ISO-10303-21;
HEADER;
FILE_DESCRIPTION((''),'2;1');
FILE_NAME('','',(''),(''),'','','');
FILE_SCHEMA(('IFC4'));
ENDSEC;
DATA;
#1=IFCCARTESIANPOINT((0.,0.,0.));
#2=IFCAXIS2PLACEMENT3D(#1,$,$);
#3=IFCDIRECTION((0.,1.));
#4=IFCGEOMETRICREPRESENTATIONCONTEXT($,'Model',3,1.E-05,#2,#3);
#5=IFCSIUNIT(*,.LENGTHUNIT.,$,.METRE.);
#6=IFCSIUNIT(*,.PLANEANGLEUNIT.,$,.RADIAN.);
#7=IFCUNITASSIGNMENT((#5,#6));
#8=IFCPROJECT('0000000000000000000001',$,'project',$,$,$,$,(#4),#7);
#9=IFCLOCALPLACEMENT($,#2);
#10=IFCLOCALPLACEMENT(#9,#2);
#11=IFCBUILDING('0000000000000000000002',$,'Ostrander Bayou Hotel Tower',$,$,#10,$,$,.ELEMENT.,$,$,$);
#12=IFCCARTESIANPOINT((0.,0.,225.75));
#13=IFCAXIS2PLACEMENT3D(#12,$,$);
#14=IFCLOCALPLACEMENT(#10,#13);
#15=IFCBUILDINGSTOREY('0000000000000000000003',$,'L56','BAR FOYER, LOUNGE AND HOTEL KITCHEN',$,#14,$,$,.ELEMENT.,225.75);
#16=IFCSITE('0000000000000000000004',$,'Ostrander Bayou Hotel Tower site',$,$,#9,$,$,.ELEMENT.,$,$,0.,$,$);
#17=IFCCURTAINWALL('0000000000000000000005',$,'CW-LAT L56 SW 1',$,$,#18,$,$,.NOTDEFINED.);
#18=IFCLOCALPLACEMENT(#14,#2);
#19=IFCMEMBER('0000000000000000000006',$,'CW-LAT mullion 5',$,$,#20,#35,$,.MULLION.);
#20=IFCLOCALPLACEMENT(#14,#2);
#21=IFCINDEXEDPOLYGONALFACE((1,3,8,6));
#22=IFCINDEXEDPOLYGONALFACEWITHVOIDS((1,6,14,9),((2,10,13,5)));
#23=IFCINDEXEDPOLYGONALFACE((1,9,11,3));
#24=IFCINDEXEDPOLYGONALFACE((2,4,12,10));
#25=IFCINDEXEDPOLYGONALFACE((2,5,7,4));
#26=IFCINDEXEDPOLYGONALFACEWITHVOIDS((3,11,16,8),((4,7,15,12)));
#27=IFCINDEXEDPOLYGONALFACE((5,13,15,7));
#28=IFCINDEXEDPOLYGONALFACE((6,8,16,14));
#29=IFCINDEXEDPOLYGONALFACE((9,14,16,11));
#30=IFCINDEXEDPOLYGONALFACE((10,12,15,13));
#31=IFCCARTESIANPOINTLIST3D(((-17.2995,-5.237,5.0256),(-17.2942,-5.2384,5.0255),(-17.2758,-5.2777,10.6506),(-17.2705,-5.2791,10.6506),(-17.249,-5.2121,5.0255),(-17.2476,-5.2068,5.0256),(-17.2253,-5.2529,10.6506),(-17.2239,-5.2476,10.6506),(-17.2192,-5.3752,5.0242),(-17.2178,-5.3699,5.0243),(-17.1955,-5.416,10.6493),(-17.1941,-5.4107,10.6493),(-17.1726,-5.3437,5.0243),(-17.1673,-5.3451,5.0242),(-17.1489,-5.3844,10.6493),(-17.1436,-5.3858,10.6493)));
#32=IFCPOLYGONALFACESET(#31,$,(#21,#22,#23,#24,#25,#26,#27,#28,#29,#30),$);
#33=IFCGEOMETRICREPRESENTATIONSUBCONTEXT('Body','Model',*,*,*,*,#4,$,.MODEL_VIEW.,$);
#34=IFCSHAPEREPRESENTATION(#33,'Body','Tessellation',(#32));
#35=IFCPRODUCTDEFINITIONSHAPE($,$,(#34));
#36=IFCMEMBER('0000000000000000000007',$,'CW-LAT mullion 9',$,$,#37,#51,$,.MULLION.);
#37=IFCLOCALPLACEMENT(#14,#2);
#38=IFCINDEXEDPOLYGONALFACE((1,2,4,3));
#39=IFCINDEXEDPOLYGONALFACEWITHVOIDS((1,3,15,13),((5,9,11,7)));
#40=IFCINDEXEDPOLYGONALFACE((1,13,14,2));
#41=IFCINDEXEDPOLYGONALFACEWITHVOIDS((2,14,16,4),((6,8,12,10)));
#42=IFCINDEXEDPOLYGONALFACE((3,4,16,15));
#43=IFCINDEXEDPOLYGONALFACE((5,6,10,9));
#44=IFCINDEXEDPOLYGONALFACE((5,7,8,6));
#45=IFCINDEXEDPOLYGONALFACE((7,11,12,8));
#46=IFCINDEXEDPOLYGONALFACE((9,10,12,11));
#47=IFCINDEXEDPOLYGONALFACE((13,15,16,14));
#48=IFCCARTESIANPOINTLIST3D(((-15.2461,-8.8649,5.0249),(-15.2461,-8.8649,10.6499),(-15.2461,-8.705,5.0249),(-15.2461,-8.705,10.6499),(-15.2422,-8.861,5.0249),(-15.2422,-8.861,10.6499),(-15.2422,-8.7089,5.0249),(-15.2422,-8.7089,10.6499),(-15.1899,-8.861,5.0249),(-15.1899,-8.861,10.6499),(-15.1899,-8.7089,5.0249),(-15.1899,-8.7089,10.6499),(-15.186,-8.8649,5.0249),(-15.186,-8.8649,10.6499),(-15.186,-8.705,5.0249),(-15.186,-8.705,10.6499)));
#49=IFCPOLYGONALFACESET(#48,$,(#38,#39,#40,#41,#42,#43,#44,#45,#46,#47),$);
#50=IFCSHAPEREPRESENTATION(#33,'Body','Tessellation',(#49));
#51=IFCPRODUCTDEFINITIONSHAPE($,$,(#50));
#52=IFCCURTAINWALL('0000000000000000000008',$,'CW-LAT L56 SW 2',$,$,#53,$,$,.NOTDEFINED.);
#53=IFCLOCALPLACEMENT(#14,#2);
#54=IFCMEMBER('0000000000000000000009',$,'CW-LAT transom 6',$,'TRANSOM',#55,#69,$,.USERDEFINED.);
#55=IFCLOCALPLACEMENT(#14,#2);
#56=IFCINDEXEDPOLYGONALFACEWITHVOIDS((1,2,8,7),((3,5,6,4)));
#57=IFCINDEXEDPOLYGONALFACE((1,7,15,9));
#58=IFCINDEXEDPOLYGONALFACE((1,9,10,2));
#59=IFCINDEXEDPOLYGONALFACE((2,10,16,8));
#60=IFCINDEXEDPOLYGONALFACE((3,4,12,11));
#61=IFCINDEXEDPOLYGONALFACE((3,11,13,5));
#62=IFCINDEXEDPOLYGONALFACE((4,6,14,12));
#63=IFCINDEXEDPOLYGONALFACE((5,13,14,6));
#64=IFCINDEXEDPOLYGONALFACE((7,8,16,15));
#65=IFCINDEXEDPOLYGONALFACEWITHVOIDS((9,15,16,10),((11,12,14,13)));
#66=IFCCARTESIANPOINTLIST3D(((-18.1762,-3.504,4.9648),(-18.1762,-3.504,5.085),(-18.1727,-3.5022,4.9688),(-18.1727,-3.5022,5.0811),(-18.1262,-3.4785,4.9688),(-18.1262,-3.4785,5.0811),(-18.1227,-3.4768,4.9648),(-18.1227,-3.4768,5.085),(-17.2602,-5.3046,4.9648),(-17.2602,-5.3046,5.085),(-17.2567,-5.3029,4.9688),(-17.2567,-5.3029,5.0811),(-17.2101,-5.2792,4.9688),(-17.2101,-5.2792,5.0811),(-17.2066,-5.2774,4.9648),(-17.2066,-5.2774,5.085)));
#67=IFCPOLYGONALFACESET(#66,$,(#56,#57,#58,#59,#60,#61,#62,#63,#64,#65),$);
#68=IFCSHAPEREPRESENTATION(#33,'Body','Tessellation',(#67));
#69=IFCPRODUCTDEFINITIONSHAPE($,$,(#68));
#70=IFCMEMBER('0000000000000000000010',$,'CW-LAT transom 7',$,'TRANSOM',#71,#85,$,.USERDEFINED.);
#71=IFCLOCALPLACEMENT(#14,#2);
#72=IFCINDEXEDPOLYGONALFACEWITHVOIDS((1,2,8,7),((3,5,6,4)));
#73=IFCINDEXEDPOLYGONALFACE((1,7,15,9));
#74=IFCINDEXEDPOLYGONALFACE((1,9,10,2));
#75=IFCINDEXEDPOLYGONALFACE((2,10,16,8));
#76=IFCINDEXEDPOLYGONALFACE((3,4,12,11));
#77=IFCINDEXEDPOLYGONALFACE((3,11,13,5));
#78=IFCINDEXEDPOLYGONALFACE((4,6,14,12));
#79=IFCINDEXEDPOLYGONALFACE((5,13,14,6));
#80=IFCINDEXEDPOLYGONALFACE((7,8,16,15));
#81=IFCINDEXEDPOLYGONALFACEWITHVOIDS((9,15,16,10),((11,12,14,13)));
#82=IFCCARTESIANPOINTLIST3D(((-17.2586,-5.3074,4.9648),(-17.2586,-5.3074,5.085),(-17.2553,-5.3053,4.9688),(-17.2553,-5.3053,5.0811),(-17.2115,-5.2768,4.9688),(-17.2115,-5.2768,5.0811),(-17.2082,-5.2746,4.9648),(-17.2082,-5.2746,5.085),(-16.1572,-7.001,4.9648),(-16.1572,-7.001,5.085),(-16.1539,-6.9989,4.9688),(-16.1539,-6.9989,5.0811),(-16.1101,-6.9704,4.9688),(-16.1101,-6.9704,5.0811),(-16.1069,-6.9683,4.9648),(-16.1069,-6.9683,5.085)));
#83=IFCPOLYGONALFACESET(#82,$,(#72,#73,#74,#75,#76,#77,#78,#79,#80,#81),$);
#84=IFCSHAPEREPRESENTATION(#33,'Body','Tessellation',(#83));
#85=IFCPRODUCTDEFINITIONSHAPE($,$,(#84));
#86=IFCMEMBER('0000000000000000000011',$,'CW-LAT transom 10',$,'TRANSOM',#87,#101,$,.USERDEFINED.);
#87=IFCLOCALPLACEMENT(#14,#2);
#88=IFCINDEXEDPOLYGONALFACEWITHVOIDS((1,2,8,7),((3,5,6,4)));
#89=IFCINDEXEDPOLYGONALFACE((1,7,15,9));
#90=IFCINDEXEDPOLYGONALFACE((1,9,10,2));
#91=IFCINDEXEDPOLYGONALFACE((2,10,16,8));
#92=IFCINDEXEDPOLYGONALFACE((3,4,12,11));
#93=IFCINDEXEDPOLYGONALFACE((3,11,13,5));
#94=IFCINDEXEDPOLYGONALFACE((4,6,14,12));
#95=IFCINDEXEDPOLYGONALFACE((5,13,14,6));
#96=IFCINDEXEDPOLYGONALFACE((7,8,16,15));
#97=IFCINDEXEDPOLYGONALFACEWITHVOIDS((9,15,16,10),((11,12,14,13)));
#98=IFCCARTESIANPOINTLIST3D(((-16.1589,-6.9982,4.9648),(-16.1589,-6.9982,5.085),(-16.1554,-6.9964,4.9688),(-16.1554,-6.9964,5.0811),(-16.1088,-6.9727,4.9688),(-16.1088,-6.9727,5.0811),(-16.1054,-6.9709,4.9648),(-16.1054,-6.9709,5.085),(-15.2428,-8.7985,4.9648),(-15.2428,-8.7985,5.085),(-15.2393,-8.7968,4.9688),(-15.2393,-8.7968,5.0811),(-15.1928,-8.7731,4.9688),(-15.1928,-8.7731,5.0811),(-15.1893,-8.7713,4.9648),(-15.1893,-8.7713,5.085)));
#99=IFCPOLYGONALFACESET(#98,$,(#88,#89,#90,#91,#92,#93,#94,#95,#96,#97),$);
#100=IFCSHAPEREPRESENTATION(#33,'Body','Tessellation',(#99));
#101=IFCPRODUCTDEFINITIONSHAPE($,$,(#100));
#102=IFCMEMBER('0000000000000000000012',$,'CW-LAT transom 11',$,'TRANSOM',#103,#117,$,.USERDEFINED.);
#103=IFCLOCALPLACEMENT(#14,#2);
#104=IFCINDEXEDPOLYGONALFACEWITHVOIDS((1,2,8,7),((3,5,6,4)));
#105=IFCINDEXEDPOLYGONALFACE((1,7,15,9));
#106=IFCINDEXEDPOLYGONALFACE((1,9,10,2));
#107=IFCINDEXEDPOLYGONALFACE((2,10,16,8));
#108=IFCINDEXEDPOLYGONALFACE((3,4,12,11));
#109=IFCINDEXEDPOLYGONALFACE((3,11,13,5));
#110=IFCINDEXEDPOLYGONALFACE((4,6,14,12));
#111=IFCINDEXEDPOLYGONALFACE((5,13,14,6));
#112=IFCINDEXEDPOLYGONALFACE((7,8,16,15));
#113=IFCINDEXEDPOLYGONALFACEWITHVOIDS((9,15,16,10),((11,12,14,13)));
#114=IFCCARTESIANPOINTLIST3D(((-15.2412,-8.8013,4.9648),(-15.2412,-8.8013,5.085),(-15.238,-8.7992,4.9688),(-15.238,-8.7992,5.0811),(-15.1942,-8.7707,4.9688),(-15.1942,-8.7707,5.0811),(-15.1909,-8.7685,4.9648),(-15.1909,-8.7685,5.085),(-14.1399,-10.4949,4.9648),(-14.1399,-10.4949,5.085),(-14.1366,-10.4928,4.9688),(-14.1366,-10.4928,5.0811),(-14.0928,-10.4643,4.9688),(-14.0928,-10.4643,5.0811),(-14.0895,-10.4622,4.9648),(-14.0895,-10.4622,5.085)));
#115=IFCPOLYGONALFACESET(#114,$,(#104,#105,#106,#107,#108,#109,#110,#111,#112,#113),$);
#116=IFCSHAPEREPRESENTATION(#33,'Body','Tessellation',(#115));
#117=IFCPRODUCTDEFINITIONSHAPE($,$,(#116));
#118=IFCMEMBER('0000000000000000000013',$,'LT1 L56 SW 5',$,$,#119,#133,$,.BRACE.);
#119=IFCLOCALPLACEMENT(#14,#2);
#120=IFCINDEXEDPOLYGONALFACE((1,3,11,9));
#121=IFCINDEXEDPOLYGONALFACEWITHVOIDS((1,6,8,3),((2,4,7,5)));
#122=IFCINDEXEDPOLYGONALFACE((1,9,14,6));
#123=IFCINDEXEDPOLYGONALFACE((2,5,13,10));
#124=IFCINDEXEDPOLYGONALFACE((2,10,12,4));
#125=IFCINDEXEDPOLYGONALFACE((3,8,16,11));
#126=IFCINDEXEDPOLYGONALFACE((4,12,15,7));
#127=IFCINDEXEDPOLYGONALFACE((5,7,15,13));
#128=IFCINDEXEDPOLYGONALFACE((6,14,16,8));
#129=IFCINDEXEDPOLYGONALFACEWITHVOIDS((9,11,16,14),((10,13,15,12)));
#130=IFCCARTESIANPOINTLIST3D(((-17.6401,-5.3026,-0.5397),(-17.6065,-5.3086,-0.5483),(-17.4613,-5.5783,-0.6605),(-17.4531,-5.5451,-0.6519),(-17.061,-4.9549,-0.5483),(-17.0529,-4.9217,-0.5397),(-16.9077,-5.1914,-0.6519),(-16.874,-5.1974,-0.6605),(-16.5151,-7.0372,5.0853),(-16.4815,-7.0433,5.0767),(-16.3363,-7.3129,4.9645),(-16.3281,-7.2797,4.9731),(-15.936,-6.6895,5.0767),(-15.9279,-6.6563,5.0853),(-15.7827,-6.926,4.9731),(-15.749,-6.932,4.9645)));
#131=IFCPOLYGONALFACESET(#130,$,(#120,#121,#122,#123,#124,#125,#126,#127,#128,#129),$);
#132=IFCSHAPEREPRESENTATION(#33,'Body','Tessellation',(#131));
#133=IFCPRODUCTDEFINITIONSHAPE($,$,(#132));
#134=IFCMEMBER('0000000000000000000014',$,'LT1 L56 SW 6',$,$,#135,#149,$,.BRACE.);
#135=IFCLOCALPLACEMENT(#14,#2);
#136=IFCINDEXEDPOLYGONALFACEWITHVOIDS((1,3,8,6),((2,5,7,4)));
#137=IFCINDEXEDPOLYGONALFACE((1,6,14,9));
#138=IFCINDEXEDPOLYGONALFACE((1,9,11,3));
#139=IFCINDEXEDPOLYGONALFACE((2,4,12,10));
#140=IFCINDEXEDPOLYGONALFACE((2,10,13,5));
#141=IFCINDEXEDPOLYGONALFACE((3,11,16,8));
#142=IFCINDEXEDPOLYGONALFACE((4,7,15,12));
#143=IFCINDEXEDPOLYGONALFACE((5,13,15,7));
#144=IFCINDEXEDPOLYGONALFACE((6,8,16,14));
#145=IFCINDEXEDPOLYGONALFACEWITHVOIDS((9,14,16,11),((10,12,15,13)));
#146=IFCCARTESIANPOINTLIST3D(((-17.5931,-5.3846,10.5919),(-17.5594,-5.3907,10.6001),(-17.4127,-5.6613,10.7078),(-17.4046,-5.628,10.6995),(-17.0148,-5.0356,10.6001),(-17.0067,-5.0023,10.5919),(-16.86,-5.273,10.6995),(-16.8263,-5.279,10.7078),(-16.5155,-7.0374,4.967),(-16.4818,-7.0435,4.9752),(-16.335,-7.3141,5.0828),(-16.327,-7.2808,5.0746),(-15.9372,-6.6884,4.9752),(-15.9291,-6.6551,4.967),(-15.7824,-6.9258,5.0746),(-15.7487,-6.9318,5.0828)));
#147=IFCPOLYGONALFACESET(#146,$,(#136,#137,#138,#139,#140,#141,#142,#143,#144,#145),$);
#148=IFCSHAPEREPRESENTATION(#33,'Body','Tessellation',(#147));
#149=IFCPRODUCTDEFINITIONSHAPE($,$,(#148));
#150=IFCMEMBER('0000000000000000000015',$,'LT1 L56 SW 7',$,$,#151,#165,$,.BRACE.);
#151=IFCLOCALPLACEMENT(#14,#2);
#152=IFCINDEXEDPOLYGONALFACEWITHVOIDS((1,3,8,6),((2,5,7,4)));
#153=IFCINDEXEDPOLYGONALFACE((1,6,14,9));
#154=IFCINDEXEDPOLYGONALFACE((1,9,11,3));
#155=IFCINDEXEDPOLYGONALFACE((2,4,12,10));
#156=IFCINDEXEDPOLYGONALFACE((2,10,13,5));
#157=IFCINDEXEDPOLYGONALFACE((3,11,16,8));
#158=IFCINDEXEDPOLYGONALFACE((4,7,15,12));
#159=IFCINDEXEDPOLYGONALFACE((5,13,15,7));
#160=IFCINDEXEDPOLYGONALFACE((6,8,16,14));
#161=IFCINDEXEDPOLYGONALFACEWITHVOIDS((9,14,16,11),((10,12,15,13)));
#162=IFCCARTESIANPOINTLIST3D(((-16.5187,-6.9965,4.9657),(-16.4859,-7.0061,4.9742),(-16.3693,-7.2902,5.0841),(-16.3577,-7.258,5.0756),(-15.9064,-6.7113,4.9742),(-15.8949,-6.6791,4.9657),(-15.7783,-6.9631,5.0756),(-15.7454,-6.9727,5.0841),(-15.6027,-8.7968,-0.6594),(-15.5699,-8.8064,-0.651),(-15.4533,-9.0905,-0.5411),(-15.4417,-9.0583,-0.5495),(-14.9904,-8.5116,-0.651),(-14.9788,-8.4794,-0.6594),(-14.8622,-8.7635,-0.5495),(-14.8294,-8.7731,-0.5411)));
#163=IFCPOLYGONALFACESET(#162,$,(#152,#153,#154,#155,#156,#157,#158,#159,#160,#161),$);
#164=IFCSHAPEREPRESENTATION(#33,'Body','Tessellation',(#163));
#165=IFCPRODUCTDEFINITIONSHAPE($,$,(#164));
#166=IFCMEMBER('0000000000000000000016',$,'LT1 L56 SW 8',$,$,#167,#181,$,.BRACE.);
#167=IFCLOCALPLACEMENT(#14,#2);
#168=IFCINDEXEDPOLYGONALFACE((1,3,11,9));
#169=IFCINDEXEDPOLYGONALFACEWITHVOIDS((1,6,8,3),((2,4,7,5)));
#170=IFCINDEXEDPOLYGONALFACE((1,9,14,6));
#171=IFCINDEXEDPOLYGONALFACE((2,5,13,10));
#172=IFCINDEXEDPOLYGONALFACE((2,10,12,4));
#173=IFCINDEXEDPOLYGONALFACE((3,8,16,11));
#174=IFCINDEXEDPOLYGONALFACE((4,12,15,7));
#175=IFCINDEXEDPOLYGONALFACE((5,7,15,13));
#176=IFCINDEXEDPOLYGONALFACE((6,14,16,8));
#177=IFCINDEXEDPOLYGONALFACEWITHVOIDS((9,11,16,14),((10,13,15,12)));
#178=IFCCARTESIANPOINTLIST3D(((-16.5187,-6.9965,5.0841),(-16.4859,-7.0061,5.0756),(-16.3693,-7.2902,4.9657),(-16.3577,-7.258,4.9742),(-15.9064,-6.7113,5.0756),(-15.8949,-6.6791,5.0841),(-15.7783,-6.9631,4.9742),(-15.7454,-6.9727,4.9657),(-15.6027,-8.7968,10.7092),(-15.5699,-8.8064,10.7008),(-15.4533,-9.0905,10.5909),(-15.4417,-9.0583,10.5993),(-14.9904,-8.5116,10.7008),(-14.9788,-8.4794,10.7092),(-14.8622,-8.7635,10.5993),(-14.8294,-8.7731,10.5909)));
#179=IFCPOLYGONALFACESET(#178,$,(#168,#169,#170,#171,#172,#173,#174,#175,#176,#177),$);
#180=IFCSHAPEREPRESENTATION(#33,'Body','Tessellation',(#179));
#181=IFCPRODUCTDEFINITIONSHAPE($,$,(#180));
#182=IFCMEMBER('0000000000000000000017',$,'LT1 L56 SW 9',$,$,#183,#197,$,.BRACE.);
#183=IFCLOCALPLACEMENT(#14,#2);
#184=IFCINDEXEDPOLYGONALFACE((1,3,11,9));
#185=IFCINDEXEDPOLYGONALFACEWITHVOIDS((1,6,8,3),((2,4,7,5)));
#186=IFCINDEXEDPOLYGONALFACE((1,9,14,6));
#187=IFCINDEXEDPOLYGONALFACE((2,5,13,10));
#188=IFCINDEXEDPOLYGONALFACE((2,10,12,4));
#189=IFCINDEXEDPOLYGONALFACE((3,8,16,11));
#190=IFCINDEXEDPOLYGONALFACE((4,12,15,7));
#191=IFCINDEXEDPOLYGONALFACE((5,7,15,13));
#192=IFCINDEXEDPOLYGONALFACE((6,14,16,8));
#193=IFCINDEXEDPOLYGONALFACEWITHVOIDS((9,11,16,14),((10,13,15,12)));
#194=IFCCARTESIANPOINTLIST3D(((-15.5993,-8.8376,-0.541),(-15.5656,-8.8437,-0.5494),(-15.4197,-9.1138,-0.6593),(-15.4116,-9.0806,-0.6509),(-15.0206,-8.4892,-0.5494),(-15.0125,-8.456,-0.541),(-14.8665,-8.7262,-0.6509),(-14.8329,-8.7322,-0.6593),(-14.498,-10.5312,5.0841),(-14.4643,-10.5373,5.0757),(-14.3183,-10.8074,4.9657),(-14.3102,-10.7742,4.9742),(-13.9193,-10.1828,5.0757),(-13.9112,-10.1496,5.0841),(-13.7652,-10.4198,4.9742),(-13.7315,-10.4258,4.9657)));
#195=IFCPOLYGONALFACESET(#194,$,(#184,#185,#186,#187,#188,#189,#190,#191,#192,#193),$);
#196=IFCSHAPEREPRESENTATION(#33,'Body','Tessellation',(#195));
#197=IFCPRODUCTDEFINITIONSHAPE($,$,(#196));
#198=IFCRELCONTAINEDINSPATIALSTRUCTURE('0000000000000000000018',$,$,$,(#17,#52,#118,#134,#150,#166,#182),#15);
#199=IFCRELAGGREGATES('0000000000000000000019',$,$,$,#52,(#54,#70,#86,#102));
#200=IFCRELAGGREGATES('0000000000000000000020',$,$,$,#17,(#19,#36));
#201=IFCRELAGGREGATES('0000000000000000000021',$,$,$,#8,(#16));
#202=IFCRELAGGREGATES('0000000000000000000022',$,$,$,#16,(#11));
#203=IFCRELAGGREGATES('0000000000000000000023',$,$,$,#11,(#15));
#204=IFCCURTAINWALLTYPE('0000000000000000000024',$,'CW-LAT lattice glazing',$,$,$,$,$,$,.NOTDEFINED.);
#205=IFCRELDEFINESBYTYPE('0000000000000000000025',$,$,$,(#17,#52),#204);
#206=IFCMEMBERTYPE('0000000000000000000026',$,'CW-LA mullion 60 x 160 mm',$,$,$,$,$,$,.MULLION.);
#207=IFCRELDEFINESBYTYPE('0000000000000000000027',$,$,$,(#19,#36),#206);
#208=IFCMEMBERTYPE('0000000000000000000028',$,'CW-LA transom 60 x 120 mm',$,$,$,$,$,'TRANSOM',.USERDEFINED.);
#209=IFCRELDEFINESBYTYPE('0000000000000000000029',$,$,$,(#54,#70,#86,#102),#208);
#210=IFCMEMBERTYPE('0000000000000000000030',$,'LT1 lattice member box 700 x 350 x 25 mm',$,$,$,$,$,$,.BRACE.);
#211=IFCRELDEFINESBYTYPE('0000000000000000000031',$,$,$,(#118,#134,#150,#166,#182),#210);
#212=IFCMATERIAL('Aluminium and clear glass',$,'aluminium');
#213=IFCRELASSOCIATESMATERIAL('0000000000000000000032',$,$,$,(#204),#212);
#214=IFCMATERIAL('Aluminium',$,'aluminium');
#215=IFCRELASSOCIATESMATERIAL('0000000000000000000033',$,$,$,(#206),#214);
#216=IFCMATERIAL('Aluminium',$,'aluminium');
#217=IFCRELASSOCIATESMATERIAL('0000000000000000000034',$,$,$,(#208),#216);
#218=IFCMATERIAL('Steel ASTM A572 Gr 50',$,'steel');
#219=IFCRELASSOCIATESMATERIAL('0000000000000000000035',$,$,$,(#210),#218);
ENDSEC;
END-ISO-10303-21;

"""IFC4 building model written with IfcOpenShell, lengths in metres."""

from ifc_helpers import new_model, si_unit, direction, frame, origin, origin_2d, place, context, subcontext, project, spatial, hollow_rectangle, extrude, material, material_profile, profile_set, type_object, element, aggregate, save


model = new_model("IFC4")

# Units and contexts
model_context = context("Model", 3, precision=1e-05, world=origin(), true_north=direction((0.0, 1.0)))
body_context = subcontext(model_context, "Body", "Model", "MODEL_VIEW")
ifc_project = project(units=[si_unit("LENGTHUNIT", "METRE"), si_unit("PLANEANGLEUNIT", "RADIAN")], contexts=[model_context])

# Site, building, storey
site_placement = place(None, origin())
site = spatial("IfcSite", under=ifc_project, at=site_placement, Name="Ostrander Bayou Hotel Tower site", CompositionType="ELEMENT", RefElevation=0.0)
building_placement = place(site_placement, origin())
building = spatial("IfcBuilding", under=site, at=building_placement, Name="Ostrander Bayou Hotel Tower", CompositionType="ELEMENT")
storey_placement = place(building_placement, frame((0.0, 0.0, 225.75)))
storey = spatial("IfcBuildingStorey", under=building, at=storey_placement, Name="L56", Description="BAR FOYER, LOUNGE AND HOTEL KITCHEN", CompositionType="ELEMENT", Elevation=225.75)

# Curtain walls, members
ifc_material_1 = material(Name="Aluminium and clear glass", Category="aluminium")
curtain_wall_type = type_object("IfcCurtainWallType", Name="CW-LAT lattice glazing", PredefinedType="NOTDEFINED", material=ifc_material_1)
curtain_wall_1_placement = place(storey_placement, origin())
curtain_wall_1 = element("IfcCurtainWall", 1, at=curtain_wall_1_placement, inside=storey, type_object=curtain_wall_type, Name="CW-LAT L56 SW 1", PredefinedType="NOTDEFINED")
ifc_material_2 = material(Name="Aluminium", Category="aluminium")
ifc_material_profile_1 = material_profile(ifc_material_2, hollow_rectangle(XDim=0.0601, YDim=0.1599, WallThickness=0.0039, at=origin_2d()))
ifc_profile_set_1 = profile_set([ifc_material_profile_1], Name="Aluminium")
member_type_1 = type_object("IfcMemberType", Name="CW-LA mullion 60 x 160 mm", PredefinedType="MULLION", material=ifc_profile_set_1)
member_1_placement = place(storey_placement, frame((-17.2334, -5.291, 5.0249), z_axis=(0.00421, -0.007248, 0.999965), x_axis=(0.864716, 0.50226, 0.0)))
member_1 = element("IfcMember", 2, at=member_1_placement, type_object=member_type_1, Name="CW-LAT mullion 5", PredefinedType="MULLION", context=body_context, shape_type="SweptSolid", body=[
    extrude(hollow_rectangle(XDim=0.0601, YDim=0.1599, WallThickness=0.0039, at=origin_2d()), origin(), (0.0, 0.0, 1.0), 5.6252),
])
member_2_placement = place(storey_placement, frame((-15.2161, -8.7849, 5.0249), z_axis=(0.0, 0.0, 1.0), x_axis=(1.0, 0.0, 0.0)))
member_2 = element("IfcMember", 3, at=member_2_placement, type_object=member_type_1, Name="CW-LAT mullion 9", PredefinedType="MULLION", context=body_context, shape_type="SweptSolid", body=[
    extrude(hollow_rectangle(XDim=0.0601, YDim=0.1599, WallThickness=0.0039, at=origin_2d()), origin(), (0.0, 0.0, 1.0), 5.625),
])
curtain_wall_2_placement = place(storey_placement, origin())
curtain_wall_2 = element("IfcCurtainWall", 4, at=curtain_wall_2_placement, inside=storey, type_object=curtain_wall_type, Name="CW-LAT L56 SW 2", PredefinedType="NOTDEFINED")
ifc_material_3 = material(Name="Aluminium", Category="aluminium")
ifc_material_profile_2 = material_profile(ifc_material_3, hollow_rectangle(XDim=0.0601, YDim=0.1201, WallThickness=0.0039, at=origin_2d()))
ifc_profile_set_2 = profile_set([ifc_material_profile_2], Name="Aluminium")
member_type_2 = type_object("IfcMemberType", Name="CW-LA transom 60 x 120 mm", ElementType="TRANSOM", PredefinedType="USERDEFINED", material=ifc_profile_set_2)
member_3_placement = place(storey_placement, frame((-17.2334, -5.291, 5.0249), z_axis=(-0.453439, 0.891287, 0.0), x_axis=(-0.891287, -0.453439, 0.0)))
member_3 = element("IfcMember", 5, at=member_3_placement, type_object=member_type_2, Name="CW-LAT transom 6", ObjectType="TRANSOM", PredefinedType="USERDEFINED", context=body_context, shape_type="SweptSolid", body=[
    extrude(hollow_rectangle(XDim=0.0601, YDim=0.1201, WallThickness=0.0039, at=origin_2d()), origin(), (0.0, 0.0, 1.0), 2.0203),
])
member_4_placement = place(storey_placement, frame((-17.2334, -5.291, 5.0249), z_axis=(0.545154, -0.838336, 0.0), x_axis=(0.838336, 0.545154, 0.0)))
member_4 = element("IfcMember", 6, at=member_4_placement, type_object=member_type_2, Name="CW-LAT transom 7", ObjectType="TRANSOM", PredefinedType="USERDEFINED", context=body_context, shape_type="SweptSolid", body=[
    extrude(hollow_rectangle(XDim=0.0601, YDim=0.1201, WallThickness=0.0039, at=origin_2d()), origin(), (0.0, 0.0, 1.0), 2.0203),
])
member_5_placement = place(storey_placement, frame((-15.2161, -8.7849, 5.0249), z_axis=(-0.453488, 0.891263, 0.0), x_axis=(-0.891263, -0.453488, 0.0)))
member_5 = element("IfcMember", 7, at=member_5_placement, type_object=member_type_2, Name="CW-LAT transom 10", ObjectType="TRANSOM", PredefinedType="USERDEFINED", context=body_context, shape_type="SweptSolid", body=[
    extrude(hollow_rectangle(XDim=0.0601, YDim=0.1201, WallThickness=0.0039, at=origin_2d()), origin(), (0.0, 0.0, 1.0), 2.02),
])
member_6_placement = place(storey_placement, frame((-15.2161, -8.7849, 5.0249), z_axis=(0.545154, -0.838336, 0.0), x_axis=(0.838336, 0.545154, 0.0)))
member_6 = element("IfcMember", 8, at=member_6_placement, type_object=member_type_2, Name="CW-LAT transom 11", ObjectType="TRANSOM", PredefinedType="USERDEFINED", context=body_context, shape_type="SweptSolid", body=[
    extrude(hollow_rectangle(XDim=0.0601, YDim=0.1201, WallThickness=0.0039, at=origin_2d()), origin(), (0.0, 0.0, 1.0), 2.0203),
])

# Members
ifc_material_4 = material(Name="Steel ASTM A572 Gr 50", Category="steel")
ifc_material_profile_3 = material_profile(ifc_material_4, hollow_rectangle(XDim=0.7, YDim=0.3501, WallThickness=0.0249, at=origin_2d()))
ifc_profile_set_3 = profile_set([ifc_material_profile_3], Name="Steel ASTM A572 Gr 50")
member_type_3 = type_object("IfcMemberType", Name="LT1 lattice member box 700 x 350 x 25 mm", PredefinedType="BRACE", material=ifc_profile_set_3)
member_7_placement = place(storey_placement, frame((-16.1321, -6.9846, 5.0249), z_axis=(-0.187721, 0.289444, -0.938607), x_axis=(-0.838996, -0.544137, 0.0)))
element("IfcMember", 9, at=member_7_placement, inside=storey, type_object=member_type_3, Name="LT1 L56 SW 5", PredefinedType="BRACE", context=body_context, shape_type="SweptSolid", body=[
    extrude(hollow_rectangle(XDim=0.7, YDim=0.3501, WallThickness=0.0249, at=origin_2d()), origin(), (0.0, 0.0, 1.0), 5.9929),
])
member_8_placement = place(storey_placement, frame((-16.1321, -6.9846, 5.0249), z_axis=(-0.180781, 0.277273, 0.94363), x_axis=(-0.83768, -0.546162, 0.0)))
element("IfcMember", 10, at=member_8_placement, inside=storey, type_object=member_type_3, Name="LT1 L56 SW 6", PredefinedType="BRACE", context=body_context, shape_type="SweptSolid", body=[
    extrude(hollow_rectangle(XDim=0.7, YDim=0.3501, WallThickness=0.0249, at=origin_2d()), origin(), (0.0, 0.0, 1.0), 5.9609),
])
for number, where, z_axis, x_axis, name in (
    (11, (-16.1321, -6.9846, 5.0249), (0.153265, -0.301219, -0.941157), (0.891263, 0.453488, 0.0), "LT1 L56 SW 7"),
    (12, (-16.1321, -6.9846, 5.0249), (0.153265, -0.301219, 0.941157), (0.891263, 0.453488, 0.0), "LT1 L56 SW 8"),
    (13, (-14.1147, -10.4785, 5.0249), (-0.184266, 0.283364, -0.941143), (-0.838336, -0.545154, 0.0), "LT1 L56 SW 9"),
):
    element("IfcMember", number, at=place(storey_placement, frame(where, z_axis=z_axis, x_axis=x_axis)), inside=storey, type_object=member_type_3, Name=name, PredefinedType="BRACE", context=body_context, shape_type="SweptSolid", body=[
        extrude(hollow_rectangle(XDim=0.7, YDim=0.3501, WallThickness=0.0249, at=origin_2d()), origin(), (0.0, 0.0, 1.0), 5.9768),
    ])

aggregate(curtain_wall_2, [member_3, member_4, member_5, member_6])
aggregate(curtain_wall_1, [member_1, member_2])

save(model, "model.ifc")
